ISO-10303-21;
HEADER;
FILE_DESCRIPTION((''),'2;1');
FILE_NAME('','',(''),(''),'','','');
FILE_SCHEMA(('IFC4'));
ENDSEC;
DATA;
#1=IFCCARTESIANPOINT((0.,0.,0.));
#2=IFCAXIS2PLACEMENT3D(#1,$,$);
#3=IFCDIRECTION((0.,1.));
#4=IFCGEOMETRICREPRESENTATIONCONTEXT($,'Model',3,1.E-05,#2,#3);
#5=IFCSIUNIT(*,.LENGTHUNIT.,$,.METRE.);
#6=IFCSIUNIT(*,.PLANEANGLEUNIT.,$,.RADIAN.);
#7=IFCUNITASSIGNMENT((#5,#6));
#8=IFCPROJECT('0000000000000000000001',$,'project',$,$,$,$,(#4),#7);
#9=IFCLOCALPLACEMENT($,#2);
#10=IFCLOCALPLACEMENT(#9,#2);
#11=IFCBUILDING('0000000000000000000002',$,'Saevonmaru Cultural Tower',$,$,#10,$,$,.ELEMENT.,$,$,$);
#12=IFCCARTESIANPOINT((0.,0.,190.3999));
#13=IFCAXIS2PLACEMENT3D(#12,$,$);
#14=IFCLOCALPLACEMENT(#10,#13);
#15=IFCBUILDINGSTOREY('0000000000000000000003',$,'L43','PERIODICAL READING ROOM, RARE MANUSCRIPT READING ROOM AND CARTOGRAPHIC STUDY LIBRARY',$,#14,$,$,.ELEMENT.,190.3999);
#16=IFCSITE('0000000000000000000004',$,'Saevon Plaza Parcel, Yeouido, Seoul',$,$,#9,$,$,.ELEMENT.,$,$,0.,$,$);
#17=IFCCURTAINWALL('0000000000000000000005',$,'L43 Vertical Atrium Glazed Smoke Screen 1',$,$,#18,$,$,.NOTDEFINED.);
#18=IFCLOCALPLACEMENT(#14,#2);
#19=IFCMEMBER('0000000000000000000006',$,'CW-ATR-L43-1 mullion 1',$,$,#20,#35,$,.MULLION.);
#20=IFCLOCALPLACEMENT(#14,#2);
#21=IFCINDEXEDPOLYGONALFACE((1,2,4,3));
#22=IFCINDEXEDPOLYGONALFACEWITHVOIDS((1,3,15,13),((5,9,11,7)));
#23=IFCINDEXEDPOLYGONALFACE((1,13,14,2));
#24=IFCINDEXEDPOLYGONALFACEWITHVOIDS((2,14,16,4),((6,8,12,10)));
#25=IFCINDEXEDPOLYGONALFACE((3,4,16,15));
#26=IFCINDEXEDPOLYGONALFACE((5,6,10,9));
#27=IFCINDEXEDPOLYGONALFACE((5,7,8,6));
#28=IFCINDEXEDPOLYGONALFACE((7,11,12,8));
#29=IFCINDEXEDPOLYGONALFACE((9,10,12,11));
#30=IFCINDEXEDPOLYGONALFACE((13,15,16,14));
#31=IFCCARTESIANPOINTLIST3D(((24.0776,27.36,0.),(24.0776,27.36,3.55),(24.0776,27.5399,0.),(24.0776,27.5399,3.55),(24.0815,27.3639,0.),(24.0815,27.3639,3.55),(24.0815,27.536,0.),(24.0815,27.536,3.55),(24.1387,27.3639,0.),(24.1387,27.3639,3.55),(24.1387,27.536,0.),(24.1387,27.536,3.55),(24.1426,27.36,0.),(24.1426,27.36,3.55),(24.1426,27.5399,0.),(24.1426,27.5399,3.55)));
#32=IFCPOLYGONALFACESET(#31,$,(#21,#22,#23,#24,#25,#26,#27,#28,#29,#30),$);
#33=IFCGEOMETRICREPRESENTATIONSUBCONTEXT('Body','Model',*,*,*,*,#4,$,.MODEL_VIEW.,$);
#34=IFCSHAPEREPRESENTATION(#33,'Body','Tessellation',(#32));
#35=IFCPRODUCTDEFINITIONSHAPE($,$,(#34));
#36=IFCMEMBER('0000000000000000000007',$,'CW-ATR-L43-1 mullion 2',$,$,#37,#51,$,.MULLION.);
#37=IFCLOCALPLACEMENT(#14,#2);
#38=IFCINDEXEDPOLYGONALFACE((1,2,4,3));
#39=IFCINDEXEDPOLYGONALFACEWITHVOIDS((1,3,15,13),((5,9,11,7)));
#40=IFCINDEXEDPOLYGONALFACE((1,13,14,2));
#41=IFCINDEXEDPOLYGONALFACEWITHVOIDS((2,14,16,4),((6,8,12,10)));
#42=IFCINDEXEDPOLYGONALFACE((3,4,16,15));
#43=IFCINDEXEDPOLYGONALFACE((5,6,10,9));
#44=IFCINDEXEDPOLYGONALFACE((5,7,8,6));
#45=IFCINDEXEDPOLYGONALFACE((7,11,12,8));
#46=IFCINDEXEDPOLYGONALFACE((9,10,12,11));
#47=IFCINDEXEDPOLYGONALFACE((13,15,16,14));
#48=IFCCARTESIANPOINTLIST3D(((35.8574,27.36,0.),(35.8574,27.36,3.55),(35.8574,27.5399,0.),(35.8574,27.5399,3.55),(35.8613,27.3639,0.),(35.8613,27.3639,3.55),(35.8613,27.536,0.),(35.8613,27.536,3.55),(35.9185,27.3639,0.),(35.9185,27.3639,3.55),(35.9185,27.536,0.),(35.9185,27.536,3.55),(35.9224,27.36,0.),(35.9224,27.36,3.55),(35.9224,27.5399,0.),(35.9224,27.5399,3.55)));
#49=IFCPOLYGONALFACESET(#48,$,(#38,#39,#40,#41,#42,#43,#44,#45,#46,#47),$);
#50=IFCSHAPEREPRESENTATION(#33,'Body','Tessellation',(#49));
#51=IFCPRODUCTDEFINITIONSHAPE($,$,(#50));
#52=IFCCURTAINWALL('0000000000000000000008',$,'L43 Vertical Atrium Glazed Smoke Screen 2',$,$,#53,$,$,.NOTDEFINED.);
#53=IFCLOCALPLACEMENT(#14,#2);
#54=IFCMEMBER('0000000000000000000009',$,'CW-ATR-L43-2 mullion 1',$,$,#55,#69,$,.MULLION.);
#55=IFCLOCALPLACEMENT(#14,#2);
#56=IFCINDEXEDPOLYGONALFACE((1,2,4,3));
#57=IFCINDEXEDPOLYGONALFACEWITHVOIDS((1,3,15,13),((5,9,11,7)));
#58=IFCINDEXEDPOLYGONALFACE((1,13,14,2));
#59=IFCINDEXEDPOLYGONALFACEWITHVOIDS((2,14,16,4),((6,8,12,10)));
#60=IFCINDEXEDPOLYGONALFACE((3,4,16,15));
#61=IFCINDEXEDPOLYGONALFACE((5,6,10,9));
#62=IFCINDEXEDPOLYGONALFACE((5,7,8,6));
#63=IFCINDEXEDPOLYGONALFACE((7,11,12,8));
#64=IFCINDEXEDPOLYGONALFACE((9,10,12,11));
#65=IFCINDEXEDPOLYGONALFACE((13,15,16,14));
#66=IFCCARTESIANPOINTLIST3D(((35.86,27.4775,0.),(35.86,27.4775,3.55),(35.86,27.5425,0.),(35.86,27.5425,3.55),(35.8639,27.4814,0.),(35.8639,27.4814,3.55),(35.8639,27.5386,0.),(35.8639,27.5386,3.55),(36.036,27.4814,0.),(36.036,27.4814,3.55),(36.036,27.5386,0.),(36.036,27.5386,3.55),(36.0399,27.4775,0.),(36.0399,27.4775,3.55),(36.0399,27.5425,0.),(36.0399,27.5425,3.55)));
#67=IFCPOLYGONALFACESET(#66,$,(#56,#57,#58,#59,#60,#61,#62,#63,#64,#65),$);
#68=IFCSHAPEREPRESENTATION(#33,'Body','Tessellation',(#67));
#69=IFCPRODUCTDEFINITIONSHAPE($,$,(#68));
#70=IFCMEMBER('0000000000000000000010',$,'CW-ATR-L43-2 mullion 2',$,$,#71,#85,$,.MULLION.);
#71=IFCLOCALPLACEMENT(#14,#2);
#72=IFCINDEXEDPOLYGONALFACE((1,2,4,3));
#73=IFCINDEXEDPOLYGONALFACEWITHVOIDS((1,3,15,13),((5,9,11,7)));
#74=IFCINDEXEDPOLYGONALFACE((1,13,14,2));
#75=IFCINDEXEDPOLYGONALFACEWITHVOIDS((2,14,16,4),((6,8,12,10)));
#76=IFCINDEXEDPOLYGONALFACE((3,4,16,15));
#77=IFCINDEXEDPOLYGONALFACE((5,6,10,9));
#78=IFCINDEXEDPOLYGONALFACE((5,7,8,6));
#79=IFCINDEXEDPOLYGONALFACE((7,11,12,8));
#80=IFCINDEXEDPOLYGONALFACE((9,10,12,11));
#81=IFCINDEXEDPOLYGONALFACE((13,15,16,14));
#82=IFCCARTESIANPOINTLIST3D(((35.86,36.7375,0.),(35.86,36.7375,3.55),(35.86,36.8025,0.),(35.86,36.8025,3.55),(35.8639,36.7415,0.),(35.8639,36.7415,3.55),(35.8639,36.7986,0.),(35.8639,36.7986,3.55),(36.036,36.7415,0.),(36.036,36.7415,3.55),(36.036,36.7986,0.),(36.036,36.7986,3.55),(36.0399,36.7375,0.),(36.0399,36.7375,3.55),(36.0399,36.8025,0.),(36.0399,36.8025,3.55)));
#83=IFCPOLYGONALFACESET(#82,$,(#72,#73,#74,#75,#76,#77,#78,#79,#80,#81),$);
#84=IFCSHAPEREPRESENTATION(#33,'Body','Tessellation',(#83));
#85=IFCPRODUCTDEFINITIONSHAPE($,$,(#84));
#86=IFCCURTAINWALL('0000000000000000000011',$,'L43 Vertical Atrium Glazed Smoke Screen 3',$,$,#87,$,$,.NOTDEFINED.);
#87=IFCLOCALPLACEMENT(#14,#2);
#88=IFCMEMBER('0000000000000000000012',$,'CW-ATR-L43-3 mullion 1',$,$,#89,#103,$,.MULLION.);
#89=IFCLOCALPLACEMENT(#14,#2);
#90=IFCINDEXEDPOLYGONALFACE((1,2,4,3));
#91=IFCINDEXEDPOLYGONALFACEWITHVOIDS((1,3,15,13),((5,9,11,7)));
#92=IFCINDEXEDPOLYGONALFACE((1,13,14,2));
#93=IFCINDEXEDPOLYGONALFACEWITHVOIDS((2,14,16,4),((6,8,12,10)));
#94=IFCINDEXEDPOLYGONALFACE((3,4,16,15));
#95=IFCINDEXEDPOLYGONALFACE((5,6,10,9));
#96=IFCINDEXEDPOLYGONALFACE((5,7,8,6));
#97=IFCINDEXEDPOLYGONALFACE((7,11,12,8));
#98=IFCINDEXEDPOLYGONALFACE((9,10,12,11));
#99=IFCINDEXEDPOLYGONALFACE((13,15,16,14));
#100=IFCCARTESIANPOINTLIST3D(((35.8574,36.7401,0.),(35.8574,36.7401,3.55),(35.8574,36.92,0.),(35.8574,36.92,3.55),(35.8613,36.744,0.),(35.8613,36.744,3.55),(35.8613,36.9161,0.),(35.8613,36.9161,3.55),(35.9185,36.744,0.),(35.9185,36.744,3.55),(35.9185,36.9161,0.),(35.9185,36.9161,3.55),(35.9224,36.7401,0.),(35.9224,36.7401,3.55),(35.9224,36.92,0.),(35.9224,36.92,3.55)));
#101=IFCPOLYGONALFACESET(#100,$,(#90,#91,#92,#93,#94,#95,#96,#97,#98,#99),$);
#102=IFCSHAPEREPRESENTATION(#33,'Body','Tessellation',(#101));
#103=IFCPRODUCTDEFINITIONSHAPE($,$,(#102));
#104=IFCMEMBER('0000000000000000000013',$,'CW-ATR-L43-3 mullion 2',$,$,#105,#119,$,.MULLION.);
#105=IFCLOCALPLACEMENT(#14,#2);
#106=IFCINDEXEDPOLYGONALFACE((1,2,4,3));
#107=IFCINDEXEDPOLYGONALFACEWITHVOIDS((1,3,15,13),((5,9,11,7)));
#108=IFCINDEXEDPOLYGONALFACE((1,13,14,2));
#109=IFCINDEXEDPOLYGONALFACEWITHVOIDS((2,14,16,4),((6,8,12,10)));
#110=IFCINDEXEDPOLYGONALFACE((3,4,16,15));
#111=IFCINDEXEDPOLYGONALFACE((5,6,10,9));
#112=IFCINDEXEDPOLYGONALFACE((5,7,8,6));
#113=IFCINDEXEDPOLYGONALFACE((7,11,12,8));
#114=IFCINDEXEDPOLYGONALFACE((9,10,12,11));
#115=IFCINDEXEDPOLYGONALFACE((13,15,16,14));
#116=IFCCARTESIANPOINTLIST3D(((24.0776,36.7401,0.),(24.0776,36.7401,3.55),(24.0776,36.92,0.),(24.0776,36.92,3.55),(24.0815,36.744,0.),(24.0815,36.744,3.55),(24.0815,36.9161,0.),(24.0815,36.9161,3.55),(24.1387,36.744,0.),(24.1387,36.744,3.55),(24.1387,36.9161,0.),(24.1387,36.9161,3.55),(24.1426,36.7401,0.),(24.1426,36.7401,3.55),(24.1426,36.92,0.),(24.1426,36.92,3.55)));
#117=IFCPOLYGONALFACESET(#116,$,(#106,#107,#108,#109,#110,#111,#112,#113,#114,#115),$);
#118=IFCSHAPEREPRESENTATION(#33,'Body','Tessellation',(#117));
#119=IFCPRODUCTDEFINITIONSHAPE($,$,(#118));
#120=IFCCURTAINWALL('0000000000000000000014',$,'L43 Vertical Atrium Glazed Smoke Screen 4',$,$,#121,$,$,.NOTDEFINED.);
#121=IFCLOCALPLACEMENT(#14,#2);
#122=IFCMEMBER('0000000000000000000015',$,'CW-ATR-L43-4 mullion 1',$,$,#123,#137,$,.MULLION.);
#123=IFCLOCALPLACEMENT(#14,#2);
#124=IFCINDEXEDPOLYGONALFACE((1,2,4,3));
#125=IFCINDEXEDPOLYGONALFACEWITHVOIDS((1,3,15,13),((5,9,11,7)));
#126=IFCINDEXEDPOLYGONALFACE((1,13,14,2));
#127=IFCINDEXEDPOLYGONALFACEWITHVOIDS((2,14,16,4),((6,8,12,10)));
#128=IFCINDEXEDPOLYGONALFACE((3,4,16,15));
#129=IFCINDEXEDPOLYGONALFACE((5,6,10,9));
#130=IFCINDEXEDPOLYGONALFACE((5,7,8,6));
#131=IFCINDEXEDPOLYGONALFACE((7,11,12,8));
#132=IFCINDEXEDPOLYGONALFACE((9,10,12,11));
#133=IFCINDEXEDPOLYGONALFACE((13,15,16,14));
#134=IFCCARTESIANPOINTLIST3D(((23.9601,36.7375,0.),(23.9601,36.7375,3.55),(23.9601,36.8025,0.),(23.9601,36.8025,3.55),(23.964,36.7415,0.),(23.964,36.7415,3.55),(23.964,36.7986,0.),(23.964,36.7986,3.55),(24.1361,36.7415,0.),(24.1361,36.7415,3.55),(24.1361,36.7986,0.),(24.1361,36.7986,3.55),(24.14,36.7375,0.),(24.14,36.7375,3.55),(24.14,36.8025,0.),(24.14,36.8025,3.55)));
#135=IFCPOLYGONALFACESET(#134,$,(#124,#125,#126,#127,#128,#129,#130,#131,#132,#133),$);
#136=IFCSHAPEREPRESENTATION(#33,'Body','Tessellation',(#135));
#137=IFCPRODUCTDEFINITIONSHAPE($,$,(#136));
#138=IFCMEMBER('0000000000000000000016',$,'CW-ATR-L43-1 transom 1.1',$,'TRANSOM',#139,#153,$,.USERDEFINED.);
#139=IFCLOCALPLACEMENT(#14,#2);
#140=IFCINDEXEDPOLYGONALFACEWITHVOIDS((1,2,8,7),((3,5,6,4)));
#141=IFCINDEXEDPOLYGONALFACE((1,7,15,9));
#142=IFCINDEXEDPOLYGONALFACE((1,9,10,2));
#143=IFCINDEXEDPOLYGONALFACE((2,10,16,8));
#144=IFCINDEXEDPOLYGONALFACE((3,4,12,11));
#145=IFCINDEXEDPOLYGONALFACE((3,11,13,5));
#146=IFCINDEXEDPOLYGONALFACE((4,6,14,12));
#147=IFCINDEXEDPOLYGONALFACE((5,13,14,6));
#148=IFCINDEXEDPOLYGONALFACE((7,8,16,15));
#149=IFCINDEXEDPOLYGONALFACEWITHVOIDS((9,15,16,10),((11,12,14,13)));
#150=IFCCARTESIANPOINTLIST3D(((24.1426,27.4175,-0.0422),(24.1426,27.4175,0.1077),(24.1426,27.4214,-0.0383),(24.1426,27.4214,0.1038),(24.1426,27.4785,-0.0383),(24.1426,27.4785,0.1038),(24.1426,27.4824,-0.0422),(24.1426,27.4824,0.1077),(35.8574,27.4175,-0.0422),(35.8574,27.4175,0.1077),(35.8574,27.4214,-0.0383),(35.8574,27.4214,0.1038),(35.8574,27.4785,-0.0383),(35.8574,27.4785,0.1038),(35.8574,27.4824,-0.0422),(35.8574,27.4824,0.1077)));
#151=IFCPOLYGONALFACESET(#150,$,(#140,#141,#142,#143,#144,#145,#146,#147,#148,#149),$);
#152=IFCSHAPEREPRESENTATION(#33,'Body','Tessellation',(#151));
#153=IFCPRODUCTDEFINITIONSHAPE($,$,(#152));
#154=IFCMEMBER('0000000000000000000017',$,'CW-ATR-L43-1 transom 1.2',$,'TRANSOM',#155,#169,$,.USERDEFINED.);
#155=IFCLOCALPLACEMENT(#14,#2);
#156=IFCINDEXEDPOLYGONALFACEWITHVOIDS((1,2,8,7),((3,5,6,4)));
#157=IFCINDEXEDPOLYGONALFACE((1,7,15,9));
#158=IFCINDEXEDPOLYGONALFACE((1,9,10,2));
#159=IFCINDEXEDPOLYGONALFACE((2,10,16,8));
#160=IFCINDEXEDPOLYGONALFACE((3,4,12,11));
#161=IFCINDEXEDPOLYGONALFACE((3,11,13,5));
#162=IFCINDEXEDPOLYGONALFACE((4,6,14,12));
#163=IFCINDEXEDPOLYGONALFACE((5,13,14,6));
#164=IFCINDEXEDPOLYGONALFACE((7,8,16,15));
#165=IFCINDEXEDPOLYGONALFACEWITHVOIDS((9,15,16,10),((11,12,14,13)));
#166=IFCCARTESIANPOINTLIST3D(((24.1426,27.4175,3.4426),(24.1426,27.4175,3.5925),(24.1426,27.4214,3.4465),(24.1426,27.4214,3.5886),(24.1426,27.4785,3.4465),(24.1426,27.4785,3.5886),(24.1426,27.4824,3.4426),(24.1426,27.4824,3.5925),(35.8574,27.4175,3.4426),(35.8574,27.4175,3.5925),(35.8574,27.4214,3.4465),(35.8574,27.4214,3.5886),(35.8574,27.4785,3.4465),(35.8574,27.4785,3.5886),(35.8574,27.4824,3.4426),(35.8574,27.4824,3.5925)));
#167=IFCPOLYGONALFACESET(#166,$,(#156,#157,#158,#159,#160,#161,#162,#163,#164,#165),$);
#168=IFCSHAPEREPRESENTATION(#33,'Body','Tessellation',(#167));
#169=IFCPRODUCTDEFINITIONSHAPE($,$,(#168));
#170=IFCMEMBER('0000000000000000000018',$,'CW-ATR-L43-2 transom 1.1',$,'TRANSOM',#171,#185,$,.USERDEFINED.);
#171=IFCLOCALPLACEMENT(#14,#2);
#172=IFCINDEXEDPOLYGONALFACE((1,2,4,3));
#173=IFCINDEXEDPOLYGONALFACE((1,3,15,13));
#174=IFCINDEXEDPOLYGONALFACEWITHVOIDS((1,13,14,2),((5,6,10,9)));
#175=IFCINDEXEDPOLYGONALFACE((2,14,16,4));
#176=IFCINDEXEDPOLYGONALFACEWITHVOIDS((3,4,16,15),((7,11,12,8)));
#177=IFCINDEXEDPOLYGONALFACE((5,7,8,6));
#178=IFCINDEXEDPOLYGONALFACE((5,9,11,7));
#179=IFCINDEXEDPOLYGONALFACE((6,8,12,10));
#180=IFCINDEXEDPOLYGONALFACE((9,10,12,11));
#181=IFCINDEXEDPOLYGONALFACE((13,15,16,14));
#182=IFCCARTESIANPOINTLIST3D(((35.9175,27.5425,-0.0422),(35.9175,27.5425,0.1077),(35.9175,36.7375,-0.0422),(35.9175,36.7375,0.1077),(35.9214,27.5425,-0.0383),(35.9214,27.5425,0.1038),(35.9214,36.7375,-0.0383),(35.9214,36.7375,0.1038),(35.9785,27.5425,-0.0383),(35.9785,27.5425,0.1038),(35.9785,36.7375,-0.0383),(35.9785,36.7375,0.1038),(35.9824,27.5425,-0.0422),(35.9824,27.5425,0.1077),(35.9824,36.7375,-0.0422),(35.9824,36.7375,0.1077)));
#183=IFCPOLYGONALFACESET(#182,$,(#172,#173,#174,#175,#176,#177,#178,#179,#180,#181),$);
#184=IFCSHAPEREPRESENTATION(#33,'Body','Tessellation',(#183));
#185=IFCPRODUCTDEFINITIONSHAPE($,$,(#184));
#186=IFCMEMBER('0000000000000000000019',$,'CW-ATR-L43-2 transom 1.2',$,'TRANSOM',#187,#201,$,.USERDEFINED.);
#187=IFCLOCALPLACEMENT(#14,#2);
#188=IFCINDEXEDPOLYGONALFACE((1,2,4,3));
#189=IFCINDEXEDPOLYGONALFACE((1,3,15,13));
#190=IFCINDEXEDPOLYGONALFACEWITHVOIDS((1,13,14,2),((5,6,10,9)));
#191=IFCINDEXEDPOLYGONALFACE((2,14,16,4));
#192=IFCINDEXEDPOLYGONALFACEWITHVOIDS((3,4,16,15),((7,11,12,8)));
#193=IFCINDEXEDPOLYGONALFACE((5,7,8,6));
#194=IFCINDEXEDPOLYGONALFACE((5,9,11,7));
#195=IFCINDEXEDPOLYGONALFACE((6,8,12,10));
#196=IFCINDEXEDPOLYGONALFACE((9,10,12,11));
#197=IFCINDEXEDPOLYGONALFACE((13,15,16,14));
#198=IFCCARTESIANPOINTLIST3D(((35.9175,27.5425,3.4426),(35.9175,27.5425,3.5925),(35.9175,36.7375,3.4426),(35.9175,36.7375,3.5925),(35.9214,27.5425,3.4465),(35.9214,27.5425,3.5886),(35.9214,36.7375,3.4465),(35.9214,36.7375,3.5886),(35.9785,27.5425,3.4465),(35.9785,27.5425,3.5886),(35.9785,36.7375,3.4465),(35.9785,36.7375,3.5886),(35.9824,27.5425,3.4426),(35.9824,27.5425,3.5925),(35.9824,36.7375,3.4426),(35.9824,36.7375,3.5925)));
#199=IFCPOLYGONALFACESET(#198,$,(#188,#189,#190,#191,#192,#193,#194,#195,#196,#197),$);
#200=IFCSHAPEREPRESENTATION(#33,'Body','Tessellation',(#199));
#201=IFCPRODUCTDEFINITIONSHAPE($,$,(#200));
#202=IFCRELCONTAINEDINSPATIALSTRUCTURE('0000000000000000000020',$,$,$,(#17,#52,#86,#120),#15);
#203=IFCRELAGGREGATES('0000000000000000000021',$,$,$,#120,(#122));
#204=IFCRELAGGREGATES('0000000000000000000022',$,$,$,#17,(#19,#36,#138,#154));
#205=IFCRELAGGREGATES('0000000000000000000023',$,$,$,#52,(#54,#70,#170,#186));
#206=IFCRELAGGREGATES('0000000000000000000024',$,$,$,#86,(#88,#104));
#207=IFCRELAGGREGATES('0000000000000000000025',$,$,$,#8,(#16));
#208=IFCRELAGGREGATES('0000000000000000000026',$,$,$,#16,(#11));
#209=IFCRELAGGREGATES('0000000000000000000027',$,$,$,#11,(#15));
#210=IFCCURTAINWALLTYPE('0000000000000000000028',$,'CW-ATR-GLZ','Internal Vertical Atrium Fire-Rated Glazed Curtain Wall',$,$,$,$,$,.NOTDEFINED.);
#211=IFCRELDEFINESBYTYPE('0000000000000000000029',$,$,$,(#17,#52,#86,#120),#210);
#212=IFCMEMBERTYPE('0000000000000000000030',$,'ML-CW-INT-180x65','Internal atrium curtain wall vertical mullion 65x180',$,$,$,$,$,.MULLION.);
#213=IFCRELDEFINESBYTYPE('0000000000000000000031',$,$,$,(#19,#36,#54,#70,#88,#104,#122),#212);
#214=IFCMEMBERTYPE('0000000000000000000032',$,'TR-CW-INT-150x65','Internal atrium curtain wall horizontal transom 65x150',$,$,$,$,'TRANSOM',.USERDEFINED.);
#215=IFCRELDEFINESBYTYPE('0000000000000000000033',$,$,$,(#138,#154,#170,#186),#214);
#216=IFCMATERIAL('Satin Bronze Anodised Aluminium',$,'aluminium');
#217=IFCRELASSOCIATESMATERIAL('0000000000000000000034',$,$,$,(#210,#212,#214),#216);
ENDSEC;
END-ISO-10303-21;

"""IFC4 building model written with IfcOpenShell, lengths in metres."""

from ifc_helpers import new_model, si_unit, direction, frame, origin, origin_2d, place, context, subcontext, project, spatial, hollow_rectangle, extrude, material, material_profile, profile_set, type_object, element, aggregate, save


model = new_model("IFC4")

# Units and contexts
model_context = context("Model", 3, precision=1e-05, world=origin(), true_north=direction((0.0, 1.0)))
body_context = subcontext(model_context, "Body", "Model", "MODEL_VIEW")
ifc_project = project(units=[si_unit("LENGTHUNIT", "METRE"), si_unit("PLANEANGLEUNIT", "RADIAN")], contexts=[model_context])

# Site, building, storey
site_placement = place(None, origin())
site = spatial("IfcSite", under=ifc_project, at=site_placement, Name="Saevon Plaza Parcel, Yeouido, Seoul", CompositionType="ELEMENT", RefElevation=0.0)
building_placement = place(site_placement, origin())
building = spatial("IfcBuilding", under=site, at=building_placement, Name="Saevonmaru Cultural Tower", CompositionType="ELEMENT")
storey_placement = place(building_placement, frame((0.0, 0.0, 190.3999)))
storey = spatial("IfcBuildingStorey", under=building, at=storey_placement, Name="L43", Description="PERIODICAL READING ROOM, RARE MANUSCRIPT READING ROOM AND CARTOGRAPHIC STUDY LIBRARY", CompositionType="ELEMENT", Elevation=190.3999)

# Curtain walls, members
ifc_material_1 = material(Name="Satin Bronze Anodised Aluminium", Category="aluminium")
curtain_wall_type = type_object("IfcCurtainWallType", Name="CW-ATR-GLZ", Description="Internal Vertical Atrium Fire-Rated Glazed Curtain Wall", PredefinedType="NOTDEFINED", material=ifc_material_1)
curtain_wall_1_placement = place(storey_placement, origin())
curtain_wall_1 = element("IfcCurtainWall", 1, at=curtain_wall_1_placement, inside=storey, type_object=curtain_wall_type, Name="L43 Vertical Atrium Glazed Smoke Screen 1", PredefinedType="NOTDEFINED")
ifc_material_profile_1 = material_profile(ifc_material_1, hollow_rectangle(XDim=0.0649, YDim=0.1799, WallThickness=0.0039, at=origin_2d()), Name="ALU-MULL-180x65x4")
ifc_profile_set_1 = profile_set([ifc_material_profile_1], Name="Satin Bronze Anodised Aluminium")
member_type_1 = type_object("IfcMemberType", Name="ML-CW-INT-180x65", Description="Internal atrium curtain wall vertical mullion 65x180", PredefinedType="MULLION", material=ifc_profile_set_1)
member_1_placement = place(storey_placement, frame((24.1101, 27.45, 0.0), z_axis=(0.0, 0.0, 1.0), x_axis=(1.0, 0.0, 0.0)))
member_1 = element("IfcMember", 2, at=member_1_placement, type_object=member_type_1, Name="CW-ATR-L43-1 mullion 1", PredefinedType="MULLION", context=body_context, shape_type="SweptSolid", body=[
    extrude(hollow_rectangle(XDim=0.0649, YDim=0.1799, WallThickness=0.0039, at=origin_2d()), origin(), (0.0, 0.0, 1.0), 3.55),
])
member_2_placement = place(storey_placement, frame((35.8899, 27.45, 0.0), z_axis=(0.0, 0.0, 1.0), x_axis=(1.0, 0.0, 0.0)))
member_2 = element("IfcMember", 3, at=member_2_placement, type_object=member_type_1, Name="CW-ATR-L43-1 mullion 2", PredefinedType="MULLION", context=body_context, shape_type="SweptSolid", body=[
    extrude(hollow_rectangle(XDim=0.0649, YDim=0.1799, WallThickness=0.0039, at=origin_2d()), origin(), (0.0, 0.0, 1.0), 3.55),
])
curtain_wall_2_placement = place(storey_placement, origin())
curtain_wall_2 = element("IfcCurtainWall", 4, at=curtain_wall_2_placement, inside=storey, type_object=curtain_wall_type, Name="L43 Vertical Atrium Glazed Smoke Screen 2", PredefinedType="NOTDEFINED")
member_3_placement = place(storey_placement, frame((35.95, 27.51, 0.0), z_axis=(0.0, 0.0, 1.0), x_axis=(0.0, 1.0, 0.0)))
member_3 = element("IfcMember", 5, at=member_3_placement, type_object=member_type_1, Name="CW-ATR-L43-2 mullion 1", PredefinedType="MULLION", context=body_context, shape_type="SweptSolid", body=[
    extrude(hollow_rectangle(XDim=0.0649, YDim=0.1799, WallThickness=0.0039, at=origin_2d()), origin(), (0.0, 0.0, 1.0), 3.55),
])
member_4_placement = place(storey_placement, frame((35.95, 36.77, 0.0), z_axis=(0.0, 0.0, 1.0), x_axis=(0.0, 1.0, 0.0)))
member_4 = element("IfcMember", 6, at=member_4_placement, type_object=member_type_1, Name="CW-ATR-L43-2 mullion 2", PredefinedType="MULLION", context=body_context, shape_type="SweptSolid", body=[
    extrude(hollow_rectangle(XDim=0.0649, YDim=0.1799, WallThickness=0.0039, at=origin_2d()), origin(), (0.0, 0.0, 1.0), 3.55),
])
curtain_wall_3_placement = place(storey_placement, origin())
curtain_wall_3 = element("IfcCurtainWall", 7, at=curtain_wall_3_placement, inside=storey, type_object=curtain_wall_type, Name="L43 Vertical Atrium Glazed Smoke Screen 3", PredefinedType="NOTDEFINED")
member_5_placement = place(storey_placement, frame((35.8899, 36.8301, 0.0), z_axis=(0.0, 0.0, 1.0), x_axis=(-1.0, 0.0, 0.0)))
member_5 = element("IfcMember", 8, at=member_5_placement, type_object=member_type_1, Name="CW-ATR-L43-3 mullion 1", PredefinedType="MULLION", context=body_context, shape_type="SweptSolid", body=[
    extrude(hollow_rectangle(XDim=0.0649, YDim=0.1799, WallThickness=0.0039, at=origin_2d()), origin(), (0.0, 0.0, 1.0), 3.55),
])
member_6_placement = place(storey_placement, frame((24.1101, 36.8301, 0.0), z_axis=(0.0, 0.0, 1.0), x_axis=(-1.0, 0.0, 0.0)))
member_6 = element("IfcMember", 9, at=member_6_placement, type_object=member_type_1, Name="CW-ATR-L43-3 mullion 2", PredefinedType="MULLION", context=body_context, shape_type="SweptSolid", body=[
    extrude(hollow_rectangle(XDim=0.0649, YDim=0.1799, WallThickness=0.0039, at=origin_2d()), origin(), (0.0, 0.0, 1.0), 3.55),
])

# Curtain wall, member
curtain_wall_4_placement = place(storey_placement, origin())
curtain_wall_4 = element("IfcCurtainWall", 10, at=curtain_wall_4_placement, inside=storey, type_object=curtain_wall_type, Name="L43 Vertical Atrium Glazed Smoke Screen 4", PredefinedType="NOTDEFINED")
member_7_placement = place(storey_placement, frame((24.05, 36.77, 0.0), z_axis=(0.0, 0.0, 1.0), x_axis=(0.0, -1.0, 0.0)))
member_7 = element("IfcMember", 11, at=member_7_placement, type_object=member_type_1, Name="CW-ATR-L43-4 mullion 1", PredefinedType="MULLION", context=body_context, shape_type="SweptSolid", body=[
    extrude(hollow_rectangle(XDim=0.0649, YDim=0.1799, WallThickness=0.0039, at=origin_2d()), origin(), (0.0, 0.0, 1.0), 3.55),
])

# Members
ifc_material_profile_2 = material_profile(ifc_material_1, hollow_rectangle(XDim=0.0649, YDim=0.1499, WallThickness=0.0039, at=origin_2d()), Name="ALU-TRAN-150x65x4")
ifc_profile_set_2 = profile_set([ifc_material_profile_2], Name="Satin Bronze Anodised Aluminium")
member_type_2 = type_object("IfcMemberType", Name="TR-CW-INT-150x65", Description="Internal atrium curtain wall horizontal transom 65x150", ElementType="TRANSOM", PredefinedType="USERDEFINED", material=ifc_profile_set_2)
member_8_placement = place(storey_placement, frame((24.1426, 27.45, 0.0327), z_axis=(1.0, 0.0, 0.0), x_axis=(0.0, 1.0, 0.0)))
member_8 = element("IfcMember", 12, at=member_8_placement, type_object=member_type_2, Name="CW-ATR-L43-1 transom 1.1", ObjectType="TRANSOM", PredefinedType="USERDEFINED", context=body_context, shape_type="SweptSolid", body=[
    extrude(hollow_rectangle(XDim=0.0649, YDim=0.1499, WallThickness=0.0039, at=origin_2d()), origin(), (0.0, 0.0, 1.0), 11.7148),
])
member_9_placement = place(storey_placement, frame((24.1426, 27.45, 3.5176), z_axis=(1.0, 0.0, 0.0), x_axis=(0.0, 1.0, 0.0)))
member_9 = element("IfcMember", 13, at=member_9_placement, type_object=member_type_2, Name="CW-ATR-L43-1 transom 1.2", ObjectType="TRANSOM", PredefinedType="USERDEFINED", context=body_context, shape_type="SweptSolid", body=[
    extrude(hollow_rectangle(XDim=0.0649, YDim=0.1499, WallThickness=0.0039, at=origin_2d()), origin(), (0.0, 0.0, 1.0), 11.7148),
])
member_10_placement = place(storey_placement, frame((35.95, 27.5425, 0.0327), z_axis=(0.0, 1.0, 0.0), x_axis=(-1.0, 0.0, 0.0)))
member_10 = element("IfcMember", 14, at=member_10_placement, type_object=member_type_2, Name="CW-ATR-L43-2 transom 1.1", ObjectType="TRANSOM", PredefinedType="USERDEFINED", context=body_context, shape_type="SweptSolid", body=[
    extrude(hollow_rectangle(XDim=0.0649, YDim=0.1499, WallThickness=0.0039, at=origin_2d()), origin(), (0.0, 0.0, 1.0), 9.1951),
])
member_11_placement = place(storey_placement, frame((35.95, 27.5425, 3.5176), z_axis=(0.0, 1.0, 0.0), x_axis=(-1.0, 0.0, 0.0)))
member_11 = element("IfcMember", 15, at=member_11_placement, type_object=member_type_2, Name="CW-ATR-L43-2 transom 1.2", ObjectType="TRANSOM", PredefinedType="USERDEFINED", context=body_context, shape_type="SweptSolid", body=[
    extrude(hollow_rectangle(XDim=0.0649, YDim=0.1499, WallThickness=0.0039, at=origin_2d()), origin(), (0.0, 0.0, 1.0), 9.1951),
])
aggregate(curtain_wall_4, [member_7])

aggregate(curtain_wall_1, [member_1, member_2, member_8, member_9])
aggregate(curtain_wall_2, [member_3, member_4, member_10, member_11])
aggregate(curtain_wall_3, [member_5, member_6])

save(model, "model.ifc")
